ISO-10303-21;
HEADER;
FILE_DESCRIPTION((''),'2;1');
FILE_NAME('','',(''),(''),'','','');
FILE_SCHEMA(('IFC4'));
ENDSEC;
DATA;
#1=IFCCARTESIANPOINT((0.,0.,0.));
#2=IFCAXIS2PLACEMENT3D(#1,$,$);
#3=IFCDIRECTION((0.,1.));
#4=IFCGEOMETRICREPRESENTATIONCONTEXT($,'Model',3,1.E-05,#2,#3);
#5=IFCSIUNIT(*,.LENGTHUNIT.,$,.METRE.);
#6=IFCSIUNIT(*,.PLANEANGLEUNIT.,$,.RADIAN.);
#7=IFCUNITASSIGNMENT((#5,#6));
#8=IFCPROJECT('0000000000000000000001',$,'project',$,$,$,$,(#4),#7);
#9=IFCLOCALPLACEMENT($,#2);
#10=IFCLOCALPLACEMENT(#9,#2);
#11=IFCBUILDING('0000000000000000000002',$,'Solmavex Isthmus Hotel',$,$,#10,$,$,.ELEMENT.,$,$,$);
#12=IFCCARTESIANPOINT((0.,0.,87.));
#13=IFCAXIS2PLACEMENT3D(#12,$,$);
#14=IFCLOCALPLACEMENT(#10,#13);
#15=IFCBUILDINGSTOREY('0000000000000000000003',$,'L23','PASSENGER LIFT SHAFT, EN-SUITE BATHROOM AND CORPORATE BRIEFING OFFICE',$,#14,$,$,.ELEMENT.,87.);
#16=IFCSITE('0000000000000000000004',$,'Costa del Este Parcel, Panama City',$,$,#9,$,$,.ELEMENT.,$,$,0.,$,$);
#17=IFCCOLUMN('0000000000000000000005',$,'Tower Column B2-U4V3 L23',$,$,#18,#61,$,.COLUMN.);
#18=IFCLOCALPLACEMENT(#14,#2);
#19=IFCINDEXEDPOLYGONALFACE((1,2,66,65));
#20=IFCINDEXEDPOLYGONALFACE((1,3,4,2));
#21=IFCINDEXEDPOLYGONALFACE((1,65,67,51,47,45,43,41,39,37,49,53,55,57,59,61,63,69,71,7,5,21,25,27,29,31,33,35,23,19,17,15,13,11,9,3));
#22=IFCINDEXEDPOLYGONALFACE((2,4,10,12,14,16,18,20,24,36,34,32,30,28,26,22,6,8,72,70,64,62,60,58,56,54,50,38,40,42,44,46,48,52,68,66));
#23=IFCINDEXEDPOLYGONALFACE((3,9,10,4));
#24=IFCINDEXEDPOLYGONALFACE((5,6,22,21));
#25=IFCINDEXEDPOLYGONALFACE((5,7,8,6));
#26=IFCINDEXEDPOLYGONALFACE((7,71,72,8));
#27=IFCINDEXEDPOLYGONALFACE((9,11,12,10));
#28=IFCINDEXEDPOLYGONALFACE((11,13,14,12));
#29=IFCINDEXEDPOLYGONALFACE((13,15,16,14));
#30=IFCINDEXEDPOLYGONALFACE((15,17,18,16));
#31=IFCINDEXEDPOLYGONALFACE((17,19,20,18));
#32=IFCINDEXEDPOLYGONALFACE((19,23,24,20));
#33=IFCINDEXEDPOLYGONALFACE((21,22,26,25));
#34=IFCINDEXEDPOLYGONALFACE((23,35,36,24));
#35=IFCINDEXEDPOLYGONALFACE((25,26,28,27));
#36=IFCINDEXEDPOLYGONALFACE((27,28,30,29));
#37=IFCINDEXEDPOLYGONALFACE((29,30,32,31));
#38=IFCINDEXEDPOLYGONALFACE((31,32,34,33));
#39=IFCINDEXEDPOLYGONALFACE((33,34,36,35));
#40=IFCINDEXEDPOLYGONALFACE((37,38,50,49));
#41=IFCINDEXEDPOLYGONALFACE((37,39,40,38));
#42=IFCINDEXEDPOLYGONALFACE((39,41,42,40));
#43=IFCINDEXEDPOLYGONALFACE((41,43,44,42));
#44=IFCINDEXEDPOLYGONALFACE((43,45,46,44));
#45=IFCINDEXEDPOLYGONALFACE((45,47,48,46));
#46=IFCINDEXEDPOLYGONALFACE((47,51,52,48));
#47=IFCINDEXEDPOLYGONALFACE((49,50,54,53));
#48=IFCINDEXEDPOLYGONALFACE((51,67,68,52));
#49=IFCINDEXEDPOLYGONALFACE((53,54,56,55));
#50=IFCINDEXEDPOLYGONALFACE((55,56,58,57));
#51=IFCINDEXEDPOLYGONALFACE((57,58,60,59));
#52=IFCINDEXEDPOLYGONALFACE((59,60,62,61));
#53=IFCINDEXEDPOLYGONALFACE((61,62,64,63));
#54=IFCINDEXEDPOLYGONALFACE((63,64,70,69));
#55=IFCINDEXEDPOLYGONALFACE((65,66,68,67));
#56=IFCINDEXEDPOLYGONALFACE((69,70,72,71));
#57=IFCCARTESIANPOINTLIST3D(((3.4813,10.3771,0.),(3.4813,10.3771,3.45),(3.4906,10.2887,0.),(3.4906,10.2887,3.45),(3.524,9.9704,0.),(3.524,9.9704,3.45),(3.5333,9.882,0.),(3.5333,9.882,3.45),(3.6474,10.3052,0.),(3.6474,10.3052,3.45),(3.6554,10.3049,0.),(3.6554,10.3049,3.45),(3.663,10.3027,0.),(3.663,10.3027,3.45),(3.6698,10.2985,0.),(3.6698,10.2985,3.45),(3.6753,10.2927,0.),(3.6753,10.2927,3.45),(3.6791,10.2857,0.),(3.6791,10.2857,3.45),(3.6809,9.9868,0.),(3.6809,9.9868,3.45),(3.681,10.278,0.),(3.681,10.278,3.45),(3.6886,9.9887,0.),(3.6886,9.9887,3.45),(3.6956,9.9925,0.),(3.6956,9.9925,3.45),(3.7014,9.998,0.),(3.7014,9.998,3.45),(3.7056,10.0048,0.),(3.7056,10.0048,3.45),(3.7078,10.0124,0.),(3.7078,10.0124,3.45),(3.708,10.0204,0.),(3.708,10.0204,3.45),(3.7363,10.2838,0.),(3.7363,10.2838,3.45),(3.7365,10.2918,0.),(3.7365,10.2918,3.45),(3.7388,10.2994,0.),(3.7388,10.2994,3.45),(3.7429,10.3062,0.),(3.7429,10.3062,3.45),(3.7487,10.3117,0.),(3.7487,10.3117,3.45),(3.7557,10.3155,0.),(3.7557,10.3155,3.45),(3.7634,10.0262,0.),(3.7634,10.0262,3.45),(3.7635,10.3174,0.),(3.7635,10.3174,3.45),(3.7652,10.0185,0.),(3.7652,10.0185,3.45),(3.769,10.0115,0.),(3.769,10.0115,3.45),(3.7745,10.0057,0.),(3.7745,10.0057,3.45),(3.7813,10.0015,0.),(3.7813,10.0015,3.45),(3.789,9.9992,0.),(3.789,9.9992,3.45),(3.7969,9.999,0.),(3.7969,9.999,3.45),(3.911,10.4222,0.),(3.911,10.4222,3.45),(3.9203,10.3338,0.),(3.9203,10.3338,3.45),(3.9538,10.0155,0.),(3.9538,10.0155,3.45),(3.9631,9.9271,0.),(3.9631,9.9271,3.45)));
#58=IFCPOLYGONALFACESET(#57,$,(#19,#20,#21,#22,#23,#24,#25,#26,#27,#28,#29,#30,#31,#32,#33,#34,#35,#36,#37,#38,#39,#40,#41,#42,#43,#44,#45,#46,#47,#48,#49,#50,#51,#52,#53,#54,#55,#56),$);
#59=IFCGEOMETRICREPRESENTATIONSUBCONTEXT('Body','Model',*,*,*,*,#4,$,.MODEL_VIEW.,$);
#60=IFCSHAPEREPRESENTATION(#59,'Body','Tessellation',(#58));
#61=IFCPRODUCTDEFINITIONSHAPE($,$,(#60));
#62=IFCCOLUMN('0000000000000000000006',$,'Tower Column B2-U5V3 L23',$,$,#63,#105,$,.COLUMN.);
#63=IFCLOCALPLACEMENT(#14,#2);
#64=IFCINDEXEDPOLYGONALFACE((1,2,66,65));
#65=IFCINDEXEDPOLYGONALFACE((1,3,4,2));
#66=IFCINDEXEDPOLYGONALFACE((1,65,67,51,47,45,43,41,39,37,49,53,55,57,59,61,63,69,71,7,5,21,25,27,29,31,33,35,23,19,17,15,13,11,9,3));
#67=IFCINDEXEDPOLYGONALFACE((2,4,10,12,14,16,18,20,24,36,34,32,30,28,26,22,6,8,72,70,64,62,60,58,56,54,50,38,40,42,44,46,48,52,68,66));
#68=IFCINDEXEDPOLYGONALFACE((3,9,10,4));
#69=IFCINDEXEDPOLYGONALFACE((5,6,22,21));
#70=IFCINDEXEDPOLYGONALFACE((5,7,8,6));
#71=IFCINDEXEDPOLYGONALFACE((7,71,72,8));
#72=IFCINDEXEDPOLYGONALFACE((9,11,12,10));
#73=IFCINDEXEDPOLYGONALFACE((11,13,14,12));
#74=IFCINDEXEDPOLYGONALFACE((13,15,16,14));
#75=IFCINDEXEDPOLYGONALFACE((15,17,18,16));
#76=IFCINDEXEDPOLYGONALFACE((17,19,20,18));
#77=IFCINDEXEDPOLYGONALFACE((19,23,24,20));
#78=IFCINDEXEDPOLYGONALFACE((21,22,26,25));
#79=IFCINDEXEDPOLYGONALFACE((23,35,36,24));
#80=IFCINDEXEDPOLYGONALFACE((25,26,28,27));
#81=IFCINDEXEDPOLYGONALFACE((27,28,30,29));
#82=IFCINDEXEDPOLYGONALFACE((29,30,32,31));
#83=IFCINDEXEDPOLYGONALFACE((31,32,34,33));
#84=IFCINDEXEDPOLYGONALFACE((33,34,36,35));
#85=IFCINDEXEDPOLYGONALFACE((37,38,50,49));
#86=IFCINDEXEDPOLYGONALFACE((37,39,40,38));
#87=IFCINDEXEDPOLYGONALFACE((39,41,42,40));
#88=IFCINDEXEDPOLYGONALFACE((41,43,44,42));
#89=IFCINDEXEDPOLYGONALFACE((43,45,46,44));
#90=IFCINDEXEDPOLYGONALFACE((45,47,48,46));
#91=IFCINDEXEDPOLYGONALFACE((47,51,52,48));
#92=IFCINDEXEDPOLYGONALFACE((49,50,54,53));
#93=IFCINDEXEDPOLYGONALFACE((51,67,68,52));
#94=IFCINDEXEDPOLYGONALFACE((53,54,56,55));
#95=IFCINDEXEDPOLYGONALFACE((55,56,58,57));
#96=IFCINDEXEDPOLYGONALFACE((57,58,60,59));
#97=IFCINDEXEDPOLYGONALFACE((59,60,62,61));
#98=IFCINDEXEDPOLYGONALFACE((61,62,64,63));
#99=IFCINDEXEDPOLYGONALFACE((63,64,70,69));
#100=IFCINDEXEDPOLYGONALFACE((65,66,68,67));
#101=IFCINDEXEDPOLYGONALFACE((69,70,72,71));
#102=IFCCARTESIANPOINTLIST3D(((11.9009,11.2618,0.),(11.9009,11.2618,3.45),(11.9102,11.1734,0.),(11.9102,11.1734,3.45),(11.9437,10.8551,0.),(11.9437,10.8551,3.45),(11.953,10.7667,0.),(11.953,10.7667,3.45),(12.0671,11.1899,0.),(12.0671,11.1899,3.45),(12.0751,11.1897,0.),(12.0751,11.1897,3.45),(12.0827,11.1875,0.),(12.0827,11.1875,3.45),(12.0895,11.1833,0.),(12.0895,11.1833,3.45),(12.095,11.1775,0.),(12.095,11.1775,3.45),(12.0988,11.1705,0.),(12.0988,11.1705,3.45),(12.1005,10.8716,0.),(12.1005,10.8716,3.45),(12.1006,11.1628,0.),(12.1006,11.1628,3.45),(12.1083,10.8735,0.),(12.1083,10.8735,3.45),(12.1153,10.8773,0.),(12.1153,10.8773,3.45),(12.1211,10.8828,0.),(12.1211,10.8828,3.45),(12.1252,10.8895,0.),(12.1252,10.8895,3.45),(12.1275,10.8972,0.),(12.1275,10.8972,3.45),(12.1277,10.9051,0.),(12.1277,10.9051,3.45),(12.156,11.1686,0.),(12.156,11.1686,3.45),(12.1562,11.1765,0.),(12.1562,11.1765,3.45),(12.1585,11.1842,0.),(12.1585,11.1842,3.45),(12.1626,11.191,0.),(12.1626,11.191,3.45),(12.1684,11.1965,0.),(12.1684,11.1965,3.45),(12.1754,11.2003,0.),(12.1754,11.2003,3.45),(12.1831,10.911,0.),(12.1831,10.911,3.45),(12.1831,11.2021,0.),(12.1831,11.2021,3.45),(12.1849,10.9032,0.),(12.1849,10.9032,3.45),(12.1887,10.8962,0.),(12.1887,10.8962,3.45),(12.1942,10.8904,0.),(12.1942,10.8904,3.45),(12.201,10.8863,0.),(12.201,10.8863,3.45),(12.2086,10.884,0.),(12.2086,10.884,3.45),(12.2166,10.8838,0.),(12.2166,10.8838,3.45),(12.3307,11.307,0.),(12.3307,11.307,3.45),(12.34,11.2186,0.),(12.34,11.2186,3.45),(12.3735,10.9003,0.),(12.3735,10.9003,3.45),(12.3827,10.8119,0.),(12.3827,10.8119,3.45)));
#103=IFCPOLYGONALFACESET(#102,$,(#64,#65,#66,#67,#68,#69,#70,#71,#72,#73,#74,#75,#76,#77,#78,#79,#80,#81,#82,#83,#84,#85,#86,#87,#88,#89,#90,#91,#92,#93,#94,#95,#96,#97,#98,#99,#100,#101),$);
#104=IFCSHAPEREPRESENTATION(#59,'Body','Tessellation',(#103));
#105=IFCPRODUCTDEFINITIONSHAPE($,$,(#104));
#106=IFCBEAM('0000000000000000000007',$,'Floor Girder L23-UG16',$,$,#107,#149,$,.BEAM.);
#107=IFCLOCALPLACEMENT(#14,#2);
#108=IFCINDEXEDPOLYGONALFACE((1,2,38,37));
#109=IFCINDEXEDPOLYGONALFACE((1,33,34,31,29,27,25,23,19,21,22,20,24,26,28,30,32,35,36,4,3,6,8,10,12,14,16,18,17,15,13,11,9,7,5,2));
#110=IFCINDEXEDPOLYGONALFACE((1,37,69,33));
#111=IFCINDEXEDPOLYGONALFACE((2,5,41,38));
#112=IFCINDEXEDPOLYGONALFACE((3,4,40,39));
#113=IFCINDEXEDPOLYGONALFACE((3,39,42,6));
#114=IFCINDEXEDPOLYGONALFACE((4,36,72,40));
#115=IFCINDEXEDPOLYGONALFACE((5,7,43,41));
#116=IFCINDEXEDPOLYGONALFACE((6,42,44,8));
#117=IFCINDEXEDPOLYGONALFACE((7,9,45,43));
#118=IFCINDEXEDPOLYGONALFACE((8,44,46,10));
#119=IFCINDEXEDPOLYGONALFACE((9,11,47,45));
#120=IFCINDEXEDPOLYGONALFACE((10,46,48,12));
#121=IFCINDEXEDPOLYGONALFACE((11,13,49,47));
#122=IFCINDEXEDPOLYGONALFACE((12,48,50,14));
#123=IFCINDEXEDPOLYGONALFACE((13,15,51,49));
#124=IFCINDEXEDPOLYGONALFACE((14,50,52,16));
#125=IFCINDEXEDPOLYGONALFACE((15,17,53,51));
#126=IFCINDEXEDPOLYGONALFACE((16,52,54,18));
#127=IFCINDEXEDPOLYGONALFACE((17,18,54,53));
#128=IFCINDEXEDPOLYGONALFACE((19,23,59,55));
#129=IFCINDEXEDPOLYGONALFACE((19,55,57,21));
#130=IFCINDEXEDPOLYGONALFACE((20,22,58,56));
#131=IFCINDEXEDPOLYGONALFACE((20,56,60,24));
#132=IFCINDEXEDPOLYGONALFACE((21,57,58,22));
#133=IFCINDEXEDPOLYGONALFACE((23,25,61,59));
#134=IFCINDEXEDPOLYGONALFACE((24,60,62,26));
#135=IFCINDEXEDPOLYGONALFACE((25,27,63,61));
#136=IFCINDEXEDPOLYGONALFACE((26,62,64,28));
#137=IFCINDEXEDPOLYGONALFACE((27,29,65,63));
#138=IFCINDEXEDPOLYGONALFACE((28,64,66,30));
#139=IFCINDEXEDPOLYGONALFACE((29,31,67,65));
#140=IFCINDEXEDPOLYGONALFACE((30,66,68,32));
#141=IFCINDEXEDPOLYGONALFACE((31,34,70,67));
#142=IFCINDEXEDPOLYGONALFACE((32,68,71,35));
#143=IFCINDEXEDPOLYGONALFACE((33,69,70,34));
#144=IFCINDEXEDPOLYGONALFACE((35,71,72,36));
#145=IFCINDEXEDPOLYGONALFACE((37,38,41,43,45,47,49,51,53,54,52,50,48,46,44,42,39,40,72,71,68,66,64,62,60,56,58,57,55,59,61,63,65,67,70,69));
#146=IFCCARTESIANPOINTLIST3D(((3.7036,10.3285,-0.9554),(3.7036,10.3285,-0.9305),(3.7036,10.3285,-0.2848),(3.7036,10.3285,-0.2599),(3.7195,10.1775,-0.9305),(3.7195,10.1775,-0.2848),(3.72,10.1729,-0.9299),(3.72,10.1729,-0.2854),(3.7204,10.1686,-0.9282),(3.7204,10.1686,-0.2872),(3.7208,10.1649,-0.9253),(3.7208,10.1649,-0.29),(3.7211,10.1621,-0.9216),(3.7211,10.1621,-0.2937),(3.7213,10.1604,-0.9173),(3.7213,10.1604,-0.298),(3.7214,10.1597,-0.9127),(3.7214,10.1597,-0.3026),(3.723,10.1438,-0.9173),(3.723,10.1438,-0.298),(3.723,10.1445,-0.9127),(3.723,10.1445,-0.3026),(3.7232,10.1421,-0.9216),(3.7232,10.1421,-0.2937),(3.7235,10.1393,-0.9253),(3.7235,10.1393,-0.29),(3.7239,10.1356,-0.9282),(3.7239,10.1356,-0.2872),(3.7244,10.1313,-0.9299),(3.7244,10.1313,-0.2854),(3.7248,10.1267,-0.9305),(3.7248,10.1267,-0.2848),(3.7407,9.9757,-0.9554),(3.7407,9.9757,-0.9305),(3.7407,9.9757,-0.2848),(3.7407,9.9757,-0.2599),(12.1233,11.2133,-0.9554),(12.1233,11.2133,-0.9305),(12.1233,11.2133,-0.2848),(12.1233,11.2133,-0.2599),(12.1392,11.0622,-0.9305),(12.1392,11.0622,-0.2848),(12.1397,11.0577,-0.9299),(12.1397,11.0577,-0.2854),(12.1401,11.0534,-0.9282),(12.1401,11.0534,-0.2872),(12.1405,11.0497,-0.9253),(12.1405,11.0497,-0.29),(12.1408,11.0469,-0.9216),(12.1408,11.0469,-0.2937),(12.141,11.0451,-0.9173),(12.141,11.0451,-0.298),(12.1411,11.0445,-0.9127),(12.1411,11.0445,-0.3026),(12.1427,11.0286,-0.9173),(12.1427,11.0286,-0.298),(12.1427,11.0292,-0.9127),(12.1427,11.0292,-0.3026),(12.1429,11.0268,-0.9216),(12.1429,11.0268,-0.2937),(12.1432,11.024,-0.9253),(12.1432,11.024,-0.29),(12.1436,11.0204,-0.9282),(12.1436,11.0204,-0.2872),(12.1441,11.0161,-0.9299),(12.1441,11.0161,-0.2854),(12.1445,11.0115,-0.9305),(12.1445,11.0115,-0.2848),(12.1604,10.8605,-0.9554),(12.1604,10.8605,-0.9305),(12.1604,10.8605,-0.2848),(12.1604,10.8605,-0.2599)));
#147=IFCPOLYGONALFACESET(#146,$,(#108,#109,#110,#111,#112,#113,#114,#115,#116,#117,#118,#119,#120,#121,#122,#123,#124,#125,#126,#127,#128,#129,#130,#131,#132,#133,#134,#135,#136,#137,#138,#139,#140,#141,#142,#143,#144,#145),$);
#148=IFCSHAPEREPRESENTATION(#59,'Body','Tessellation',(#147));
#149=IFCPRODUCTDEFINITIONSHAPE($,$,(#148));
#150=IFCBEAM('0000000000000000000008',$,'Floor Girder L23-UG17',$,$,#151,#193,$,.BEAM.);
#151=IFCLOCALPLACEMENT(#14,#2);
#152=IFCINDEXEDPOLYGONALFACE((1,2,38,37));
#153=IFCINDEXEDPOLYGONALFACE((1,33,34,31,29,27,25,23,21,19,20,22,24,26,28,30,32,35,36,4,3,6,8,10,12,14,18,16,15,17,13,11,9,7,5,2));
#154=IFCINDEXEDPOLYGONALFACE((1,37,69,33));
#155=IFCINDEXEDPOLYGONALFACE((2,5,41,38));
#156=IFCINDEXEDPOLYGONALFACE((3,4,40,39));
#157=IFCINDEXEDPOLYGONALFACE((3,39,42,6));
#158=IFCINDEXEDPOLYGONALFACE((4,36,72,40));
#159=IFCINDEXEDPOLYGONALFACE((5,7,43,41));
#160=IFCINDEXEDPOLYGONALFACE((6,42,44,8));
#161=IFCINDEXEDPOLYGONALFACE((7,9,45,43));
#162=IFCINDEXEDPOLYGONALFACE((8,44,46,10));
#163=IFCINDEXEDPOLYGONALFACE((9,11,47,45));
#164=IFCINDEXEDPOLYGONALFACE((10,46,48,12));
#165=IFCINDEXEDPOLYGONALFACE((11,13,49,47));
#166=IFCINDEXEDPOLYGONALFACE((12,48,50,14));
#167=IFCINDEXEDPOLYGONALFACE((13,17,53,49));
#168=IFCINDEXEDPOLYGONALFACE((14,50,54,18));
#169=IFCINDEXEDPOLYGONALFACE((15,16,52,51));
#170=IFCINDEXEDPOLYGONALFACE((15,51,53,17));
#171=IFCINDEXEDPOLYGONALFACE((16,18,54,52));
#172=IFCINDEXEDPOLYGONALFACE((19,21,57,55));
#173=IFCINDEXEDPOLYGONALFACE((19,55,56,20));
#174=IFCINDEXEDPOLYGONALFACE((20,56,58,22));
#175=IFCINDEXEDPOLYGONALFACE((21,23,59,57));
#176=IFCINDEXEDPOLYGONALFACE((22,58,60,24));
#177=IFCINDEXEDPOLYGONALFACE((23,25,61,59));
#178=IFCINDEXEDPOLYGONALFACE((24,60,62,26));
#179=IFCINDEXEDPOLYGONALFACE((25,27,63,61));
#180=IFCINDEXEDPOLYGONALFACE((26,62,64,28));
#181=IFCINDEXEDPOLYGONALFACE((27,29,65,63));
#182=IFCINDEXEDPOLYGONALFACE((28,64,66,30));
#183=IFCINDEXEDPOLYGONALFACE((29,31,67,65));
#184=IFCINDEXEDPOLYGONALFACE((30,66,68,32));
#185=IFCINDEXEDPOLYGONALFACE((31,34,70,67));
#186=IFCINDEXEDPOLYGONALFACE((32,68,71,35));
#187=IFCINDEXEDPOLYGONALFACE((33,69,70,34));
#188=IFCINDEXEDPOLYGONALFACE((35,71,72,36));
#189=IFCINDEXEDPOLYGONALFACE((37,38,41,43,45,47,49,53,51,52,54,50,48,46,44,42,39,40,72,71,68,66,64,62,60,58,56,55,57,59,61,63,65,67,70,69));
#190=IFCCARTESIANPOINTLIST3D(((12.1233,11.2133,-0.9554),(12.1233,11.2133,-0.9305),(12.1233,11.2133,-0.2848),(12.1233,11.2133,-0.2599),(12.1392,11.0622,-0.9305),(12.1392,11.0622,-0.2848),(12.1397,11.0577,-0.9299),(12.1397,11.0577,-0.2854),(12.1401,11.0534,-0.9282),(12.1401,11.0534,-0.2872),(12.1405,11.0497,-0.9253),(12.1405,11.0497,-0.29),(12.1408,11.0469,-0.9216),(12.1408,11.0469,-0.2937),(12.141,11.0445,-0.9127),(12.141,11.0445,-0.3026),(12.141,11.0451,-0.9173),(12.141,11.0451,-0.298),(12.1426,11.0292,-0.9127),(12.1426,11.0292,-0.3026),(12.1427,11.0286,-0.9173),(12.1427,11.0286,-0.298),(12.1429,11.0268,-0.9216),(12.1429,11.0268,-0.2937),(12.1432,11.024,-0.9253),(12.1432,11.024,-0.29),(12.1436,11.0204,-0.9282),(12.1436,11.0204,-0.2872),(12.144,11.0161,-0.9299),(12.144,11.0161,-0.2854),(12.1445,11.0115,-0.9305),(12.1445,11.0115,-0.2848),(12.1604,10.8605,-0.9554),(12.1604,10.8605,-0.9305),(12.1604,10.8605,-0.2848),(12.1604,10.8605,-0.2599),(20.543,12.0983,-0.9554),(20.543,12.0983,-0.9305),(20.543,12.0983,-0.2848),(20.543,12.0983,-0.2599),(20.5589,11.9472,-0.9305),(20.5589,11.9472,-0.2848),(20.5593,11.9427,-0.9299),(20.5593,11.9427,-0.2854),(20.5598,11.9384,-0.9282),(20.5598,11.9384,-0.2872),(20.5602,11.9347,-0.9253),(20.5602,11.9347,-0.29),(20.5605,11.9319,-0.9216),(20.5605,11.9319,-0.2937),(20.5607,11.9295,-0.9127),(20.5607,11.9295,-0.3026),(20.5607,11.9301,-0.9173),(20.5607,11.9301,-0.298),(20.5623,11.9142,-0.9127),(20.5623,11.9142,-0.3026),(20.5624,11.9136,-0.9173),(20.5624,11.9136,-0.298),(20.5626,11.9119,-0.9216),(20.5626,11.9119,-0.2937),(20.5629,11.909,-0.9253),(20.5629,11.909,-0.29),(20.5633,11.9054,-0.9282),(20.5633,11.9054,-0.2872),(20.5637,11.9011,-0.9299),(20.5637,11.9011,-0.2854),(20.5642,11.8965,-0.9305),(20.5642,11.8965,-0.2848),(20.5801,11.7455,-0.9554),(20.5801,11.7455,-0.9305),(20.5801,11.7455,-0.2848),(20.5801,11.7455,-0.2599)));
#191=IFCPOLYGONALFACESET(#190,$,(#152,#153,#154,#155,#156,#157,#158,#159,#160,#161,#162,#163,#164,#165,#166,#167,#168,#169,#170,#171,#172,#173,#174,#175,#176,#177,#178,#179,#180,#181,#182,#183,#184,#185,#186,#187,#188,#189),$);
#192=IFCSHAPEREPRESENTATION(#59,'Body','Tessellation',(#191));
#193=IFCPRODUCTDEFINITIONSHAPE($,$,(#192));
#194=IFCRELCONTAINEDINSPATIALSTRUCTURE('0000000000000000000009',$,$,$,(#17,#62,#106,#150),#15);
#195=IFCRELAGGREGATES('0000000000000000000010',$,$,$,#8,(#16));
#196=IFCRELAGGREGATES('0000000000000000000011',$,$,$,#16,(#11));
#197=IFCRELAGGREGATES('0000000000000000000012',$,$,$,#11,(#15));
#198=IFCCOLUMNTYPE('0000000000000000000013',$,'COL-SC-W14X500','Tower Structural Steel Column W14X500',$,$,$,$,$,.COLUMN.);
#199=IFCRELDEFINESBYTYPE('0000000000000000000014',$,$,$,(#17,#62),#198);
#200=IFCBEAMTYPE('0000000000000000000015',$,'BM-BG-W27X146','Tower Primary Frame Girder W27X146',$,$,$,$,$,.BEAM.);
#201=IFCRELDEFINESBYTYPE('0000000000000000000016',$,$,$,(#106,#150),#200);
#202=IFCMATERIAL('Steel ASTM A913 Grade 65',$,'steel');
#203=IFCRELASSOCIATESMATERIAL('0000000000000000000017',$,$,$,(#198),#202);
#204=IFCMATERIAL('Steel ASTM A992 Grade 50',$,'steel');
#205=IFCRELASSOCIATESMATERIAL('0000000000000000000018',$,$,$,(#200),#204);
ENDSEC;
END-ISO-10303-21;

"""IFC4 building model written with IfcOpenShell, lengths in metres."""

from ifc_helpers import new_model, si_unit, direction, frame, origin, origin_2d, place, context, subcontext, project, spatial, i_section, extrude, material, material_profile, profile_set, type_object, element, save


model = new_model("IFC4")

# Units and contexts
model_context = context("Model", 3, precision=1e-05, world=origin(), true_north=direction((0.0, 1.0)))
body_context = subcontext(model_context, "Body", "Model", "MODEL_VIEW")
ifc_project = project(units=[si_unit("LENGTHUNIT", "METRE"), si_unit("PLANEANGLEUNIT", "RADIAN")], contexts=[model_context])

# Site, building, storey
site_placement = place(None, origin())
site = spatial("IfcSite", under=ifc_project, at=site_placement, Name="Costa del Este Parcel, Panama City", CompositionType="ELEMENT", RefElevation=0.0)
building_placement = place(site_placement, origin())
building = spatial("IfcBuilding", under=site, at=building_placement, Name="Solmavex Isthmus Hotel", CompositionType="ELEMENT")
storey_placement = place(building_placement, frame((0.0, 0.0, 87.0)))
storey = spatial("IfcBuildingStorey", under=building, at=storey_placement, Name="L23", Description="PASSENGER LIFT SHAFT, EN-SUITE BATHROOM AND CORPORATE BRIEFING OFFICE", CompositionType="ELEMENT", Elevation=87.0)

# Columns
ifc_material_1 = material(Name="Steel ASTM A913 Grade 65", Category="steel")
ifc_material_profile_1 = material_profile(ifc_material_1, i_section(OverallWidth=0.4321, OverallDepth=0.4978, WebThickness=0.0557, FlangeThickness=0.0889, FilletRadius=0.0305, at=origin_2d()), Name="W14X500")
ifc_profile_set_1 = profile_set([ifc_material_profile_1], Name="Steel ASTM A913 Grade 65")
column_type = type_object("IfcColumnType", Name="COL-SC-W14X500", Description="Tower Structural Steel Column W14X500", PredefinedType="COLUMN", material=ifc_profile_set_1)
for number, where, z_axis, x_axis, name in (
    (1, (3.7222, 10.1521, 0.0), (0.0, 0.0, 1.0), (0.994522, 0.104528, 0.0), "Tower Column B2-U4V3 L23"),
    (2, (12.1418, 11.0369, 0.0), (0.0, 0.0, 1.0), (0.994522, 0.104528, 0.0), "Tower Column B2-U5V3 L23"),
):
    element("IfcColumn", number, at=place(storey_placement, frame(where, z_axis=z_axis, x_axis=x_axis)), inside=storey, type_object=column_type, Name=name, PredefinedType="COLUMN", context=body_context, shape_type="SweptSolid", body=[
        extrude(i_section(OverallWidth=0.4321, OverallDepth=0.4978, WebThickness=0.0557, FlangeThickness=0.0889, FilletRadius=0.0305, at=origin_2d()), origin(), (0.0, 0.0, 1.0), 3.45),
    ])

# Beams
ifc_material_2 = material(Name="Steel ASTM A992 Grade 50", Category="steel")
ifc_material_profile_2 = material_profile(ifc_material_2, i_section(OverallWidth=0.3547, OverallDepth=0.6956, WebThickness=0.0154, FlangeThickness=0.0249, FilletRadius=0.0178, at=origin_2d()), Name="W27X146")
ifc_profile_set_2 = profile_set([ifc_material_profile_2], Name="Steel ASTM A992 Grade 50")
beam_type_1 = type_object("IfcBeamType", Name="BM-BG-W27X146", Description="Tower Primary Frame Girder W27X146", PredefinedType="BEAM", material=ifc_profile_set_2)
for number, where, z_axis, x_axis, name in (
    (3, (3.7222, 10.1521, -0.6077), (0.994524, 0.104508, 0.0), (-0.104508, 0.994524, 0.0), "Floor Girder L23-UG16"),
    (4, (12.1418, 11.0369, -0.6077), (0.994521, 0.104536, 0.0), (-0.104536, 0.994521, 0.0), "Floor Girder L23-UG17"),
):
    element("IfcBeam", number, at=place(storey_placement, frame(where, z_axis=z_axis, x_axis=x_axis)), inside=storey, type_object=beam_type_1, Name=name, PredefinedType="BEAM", context=body_context, shape_type="SweptSolid", body=[
        extrude(i_section(OverallWidth=0.3547, OverallDepth=0.6956, WebThickness=0.0154, FlangeThickness=0.0249, FilletRadius=0.0178, at=origin_2d()), origin(), (0.0, 0.0, 1.0), 8.4661),
    ])

save(model, "model.ifc")
